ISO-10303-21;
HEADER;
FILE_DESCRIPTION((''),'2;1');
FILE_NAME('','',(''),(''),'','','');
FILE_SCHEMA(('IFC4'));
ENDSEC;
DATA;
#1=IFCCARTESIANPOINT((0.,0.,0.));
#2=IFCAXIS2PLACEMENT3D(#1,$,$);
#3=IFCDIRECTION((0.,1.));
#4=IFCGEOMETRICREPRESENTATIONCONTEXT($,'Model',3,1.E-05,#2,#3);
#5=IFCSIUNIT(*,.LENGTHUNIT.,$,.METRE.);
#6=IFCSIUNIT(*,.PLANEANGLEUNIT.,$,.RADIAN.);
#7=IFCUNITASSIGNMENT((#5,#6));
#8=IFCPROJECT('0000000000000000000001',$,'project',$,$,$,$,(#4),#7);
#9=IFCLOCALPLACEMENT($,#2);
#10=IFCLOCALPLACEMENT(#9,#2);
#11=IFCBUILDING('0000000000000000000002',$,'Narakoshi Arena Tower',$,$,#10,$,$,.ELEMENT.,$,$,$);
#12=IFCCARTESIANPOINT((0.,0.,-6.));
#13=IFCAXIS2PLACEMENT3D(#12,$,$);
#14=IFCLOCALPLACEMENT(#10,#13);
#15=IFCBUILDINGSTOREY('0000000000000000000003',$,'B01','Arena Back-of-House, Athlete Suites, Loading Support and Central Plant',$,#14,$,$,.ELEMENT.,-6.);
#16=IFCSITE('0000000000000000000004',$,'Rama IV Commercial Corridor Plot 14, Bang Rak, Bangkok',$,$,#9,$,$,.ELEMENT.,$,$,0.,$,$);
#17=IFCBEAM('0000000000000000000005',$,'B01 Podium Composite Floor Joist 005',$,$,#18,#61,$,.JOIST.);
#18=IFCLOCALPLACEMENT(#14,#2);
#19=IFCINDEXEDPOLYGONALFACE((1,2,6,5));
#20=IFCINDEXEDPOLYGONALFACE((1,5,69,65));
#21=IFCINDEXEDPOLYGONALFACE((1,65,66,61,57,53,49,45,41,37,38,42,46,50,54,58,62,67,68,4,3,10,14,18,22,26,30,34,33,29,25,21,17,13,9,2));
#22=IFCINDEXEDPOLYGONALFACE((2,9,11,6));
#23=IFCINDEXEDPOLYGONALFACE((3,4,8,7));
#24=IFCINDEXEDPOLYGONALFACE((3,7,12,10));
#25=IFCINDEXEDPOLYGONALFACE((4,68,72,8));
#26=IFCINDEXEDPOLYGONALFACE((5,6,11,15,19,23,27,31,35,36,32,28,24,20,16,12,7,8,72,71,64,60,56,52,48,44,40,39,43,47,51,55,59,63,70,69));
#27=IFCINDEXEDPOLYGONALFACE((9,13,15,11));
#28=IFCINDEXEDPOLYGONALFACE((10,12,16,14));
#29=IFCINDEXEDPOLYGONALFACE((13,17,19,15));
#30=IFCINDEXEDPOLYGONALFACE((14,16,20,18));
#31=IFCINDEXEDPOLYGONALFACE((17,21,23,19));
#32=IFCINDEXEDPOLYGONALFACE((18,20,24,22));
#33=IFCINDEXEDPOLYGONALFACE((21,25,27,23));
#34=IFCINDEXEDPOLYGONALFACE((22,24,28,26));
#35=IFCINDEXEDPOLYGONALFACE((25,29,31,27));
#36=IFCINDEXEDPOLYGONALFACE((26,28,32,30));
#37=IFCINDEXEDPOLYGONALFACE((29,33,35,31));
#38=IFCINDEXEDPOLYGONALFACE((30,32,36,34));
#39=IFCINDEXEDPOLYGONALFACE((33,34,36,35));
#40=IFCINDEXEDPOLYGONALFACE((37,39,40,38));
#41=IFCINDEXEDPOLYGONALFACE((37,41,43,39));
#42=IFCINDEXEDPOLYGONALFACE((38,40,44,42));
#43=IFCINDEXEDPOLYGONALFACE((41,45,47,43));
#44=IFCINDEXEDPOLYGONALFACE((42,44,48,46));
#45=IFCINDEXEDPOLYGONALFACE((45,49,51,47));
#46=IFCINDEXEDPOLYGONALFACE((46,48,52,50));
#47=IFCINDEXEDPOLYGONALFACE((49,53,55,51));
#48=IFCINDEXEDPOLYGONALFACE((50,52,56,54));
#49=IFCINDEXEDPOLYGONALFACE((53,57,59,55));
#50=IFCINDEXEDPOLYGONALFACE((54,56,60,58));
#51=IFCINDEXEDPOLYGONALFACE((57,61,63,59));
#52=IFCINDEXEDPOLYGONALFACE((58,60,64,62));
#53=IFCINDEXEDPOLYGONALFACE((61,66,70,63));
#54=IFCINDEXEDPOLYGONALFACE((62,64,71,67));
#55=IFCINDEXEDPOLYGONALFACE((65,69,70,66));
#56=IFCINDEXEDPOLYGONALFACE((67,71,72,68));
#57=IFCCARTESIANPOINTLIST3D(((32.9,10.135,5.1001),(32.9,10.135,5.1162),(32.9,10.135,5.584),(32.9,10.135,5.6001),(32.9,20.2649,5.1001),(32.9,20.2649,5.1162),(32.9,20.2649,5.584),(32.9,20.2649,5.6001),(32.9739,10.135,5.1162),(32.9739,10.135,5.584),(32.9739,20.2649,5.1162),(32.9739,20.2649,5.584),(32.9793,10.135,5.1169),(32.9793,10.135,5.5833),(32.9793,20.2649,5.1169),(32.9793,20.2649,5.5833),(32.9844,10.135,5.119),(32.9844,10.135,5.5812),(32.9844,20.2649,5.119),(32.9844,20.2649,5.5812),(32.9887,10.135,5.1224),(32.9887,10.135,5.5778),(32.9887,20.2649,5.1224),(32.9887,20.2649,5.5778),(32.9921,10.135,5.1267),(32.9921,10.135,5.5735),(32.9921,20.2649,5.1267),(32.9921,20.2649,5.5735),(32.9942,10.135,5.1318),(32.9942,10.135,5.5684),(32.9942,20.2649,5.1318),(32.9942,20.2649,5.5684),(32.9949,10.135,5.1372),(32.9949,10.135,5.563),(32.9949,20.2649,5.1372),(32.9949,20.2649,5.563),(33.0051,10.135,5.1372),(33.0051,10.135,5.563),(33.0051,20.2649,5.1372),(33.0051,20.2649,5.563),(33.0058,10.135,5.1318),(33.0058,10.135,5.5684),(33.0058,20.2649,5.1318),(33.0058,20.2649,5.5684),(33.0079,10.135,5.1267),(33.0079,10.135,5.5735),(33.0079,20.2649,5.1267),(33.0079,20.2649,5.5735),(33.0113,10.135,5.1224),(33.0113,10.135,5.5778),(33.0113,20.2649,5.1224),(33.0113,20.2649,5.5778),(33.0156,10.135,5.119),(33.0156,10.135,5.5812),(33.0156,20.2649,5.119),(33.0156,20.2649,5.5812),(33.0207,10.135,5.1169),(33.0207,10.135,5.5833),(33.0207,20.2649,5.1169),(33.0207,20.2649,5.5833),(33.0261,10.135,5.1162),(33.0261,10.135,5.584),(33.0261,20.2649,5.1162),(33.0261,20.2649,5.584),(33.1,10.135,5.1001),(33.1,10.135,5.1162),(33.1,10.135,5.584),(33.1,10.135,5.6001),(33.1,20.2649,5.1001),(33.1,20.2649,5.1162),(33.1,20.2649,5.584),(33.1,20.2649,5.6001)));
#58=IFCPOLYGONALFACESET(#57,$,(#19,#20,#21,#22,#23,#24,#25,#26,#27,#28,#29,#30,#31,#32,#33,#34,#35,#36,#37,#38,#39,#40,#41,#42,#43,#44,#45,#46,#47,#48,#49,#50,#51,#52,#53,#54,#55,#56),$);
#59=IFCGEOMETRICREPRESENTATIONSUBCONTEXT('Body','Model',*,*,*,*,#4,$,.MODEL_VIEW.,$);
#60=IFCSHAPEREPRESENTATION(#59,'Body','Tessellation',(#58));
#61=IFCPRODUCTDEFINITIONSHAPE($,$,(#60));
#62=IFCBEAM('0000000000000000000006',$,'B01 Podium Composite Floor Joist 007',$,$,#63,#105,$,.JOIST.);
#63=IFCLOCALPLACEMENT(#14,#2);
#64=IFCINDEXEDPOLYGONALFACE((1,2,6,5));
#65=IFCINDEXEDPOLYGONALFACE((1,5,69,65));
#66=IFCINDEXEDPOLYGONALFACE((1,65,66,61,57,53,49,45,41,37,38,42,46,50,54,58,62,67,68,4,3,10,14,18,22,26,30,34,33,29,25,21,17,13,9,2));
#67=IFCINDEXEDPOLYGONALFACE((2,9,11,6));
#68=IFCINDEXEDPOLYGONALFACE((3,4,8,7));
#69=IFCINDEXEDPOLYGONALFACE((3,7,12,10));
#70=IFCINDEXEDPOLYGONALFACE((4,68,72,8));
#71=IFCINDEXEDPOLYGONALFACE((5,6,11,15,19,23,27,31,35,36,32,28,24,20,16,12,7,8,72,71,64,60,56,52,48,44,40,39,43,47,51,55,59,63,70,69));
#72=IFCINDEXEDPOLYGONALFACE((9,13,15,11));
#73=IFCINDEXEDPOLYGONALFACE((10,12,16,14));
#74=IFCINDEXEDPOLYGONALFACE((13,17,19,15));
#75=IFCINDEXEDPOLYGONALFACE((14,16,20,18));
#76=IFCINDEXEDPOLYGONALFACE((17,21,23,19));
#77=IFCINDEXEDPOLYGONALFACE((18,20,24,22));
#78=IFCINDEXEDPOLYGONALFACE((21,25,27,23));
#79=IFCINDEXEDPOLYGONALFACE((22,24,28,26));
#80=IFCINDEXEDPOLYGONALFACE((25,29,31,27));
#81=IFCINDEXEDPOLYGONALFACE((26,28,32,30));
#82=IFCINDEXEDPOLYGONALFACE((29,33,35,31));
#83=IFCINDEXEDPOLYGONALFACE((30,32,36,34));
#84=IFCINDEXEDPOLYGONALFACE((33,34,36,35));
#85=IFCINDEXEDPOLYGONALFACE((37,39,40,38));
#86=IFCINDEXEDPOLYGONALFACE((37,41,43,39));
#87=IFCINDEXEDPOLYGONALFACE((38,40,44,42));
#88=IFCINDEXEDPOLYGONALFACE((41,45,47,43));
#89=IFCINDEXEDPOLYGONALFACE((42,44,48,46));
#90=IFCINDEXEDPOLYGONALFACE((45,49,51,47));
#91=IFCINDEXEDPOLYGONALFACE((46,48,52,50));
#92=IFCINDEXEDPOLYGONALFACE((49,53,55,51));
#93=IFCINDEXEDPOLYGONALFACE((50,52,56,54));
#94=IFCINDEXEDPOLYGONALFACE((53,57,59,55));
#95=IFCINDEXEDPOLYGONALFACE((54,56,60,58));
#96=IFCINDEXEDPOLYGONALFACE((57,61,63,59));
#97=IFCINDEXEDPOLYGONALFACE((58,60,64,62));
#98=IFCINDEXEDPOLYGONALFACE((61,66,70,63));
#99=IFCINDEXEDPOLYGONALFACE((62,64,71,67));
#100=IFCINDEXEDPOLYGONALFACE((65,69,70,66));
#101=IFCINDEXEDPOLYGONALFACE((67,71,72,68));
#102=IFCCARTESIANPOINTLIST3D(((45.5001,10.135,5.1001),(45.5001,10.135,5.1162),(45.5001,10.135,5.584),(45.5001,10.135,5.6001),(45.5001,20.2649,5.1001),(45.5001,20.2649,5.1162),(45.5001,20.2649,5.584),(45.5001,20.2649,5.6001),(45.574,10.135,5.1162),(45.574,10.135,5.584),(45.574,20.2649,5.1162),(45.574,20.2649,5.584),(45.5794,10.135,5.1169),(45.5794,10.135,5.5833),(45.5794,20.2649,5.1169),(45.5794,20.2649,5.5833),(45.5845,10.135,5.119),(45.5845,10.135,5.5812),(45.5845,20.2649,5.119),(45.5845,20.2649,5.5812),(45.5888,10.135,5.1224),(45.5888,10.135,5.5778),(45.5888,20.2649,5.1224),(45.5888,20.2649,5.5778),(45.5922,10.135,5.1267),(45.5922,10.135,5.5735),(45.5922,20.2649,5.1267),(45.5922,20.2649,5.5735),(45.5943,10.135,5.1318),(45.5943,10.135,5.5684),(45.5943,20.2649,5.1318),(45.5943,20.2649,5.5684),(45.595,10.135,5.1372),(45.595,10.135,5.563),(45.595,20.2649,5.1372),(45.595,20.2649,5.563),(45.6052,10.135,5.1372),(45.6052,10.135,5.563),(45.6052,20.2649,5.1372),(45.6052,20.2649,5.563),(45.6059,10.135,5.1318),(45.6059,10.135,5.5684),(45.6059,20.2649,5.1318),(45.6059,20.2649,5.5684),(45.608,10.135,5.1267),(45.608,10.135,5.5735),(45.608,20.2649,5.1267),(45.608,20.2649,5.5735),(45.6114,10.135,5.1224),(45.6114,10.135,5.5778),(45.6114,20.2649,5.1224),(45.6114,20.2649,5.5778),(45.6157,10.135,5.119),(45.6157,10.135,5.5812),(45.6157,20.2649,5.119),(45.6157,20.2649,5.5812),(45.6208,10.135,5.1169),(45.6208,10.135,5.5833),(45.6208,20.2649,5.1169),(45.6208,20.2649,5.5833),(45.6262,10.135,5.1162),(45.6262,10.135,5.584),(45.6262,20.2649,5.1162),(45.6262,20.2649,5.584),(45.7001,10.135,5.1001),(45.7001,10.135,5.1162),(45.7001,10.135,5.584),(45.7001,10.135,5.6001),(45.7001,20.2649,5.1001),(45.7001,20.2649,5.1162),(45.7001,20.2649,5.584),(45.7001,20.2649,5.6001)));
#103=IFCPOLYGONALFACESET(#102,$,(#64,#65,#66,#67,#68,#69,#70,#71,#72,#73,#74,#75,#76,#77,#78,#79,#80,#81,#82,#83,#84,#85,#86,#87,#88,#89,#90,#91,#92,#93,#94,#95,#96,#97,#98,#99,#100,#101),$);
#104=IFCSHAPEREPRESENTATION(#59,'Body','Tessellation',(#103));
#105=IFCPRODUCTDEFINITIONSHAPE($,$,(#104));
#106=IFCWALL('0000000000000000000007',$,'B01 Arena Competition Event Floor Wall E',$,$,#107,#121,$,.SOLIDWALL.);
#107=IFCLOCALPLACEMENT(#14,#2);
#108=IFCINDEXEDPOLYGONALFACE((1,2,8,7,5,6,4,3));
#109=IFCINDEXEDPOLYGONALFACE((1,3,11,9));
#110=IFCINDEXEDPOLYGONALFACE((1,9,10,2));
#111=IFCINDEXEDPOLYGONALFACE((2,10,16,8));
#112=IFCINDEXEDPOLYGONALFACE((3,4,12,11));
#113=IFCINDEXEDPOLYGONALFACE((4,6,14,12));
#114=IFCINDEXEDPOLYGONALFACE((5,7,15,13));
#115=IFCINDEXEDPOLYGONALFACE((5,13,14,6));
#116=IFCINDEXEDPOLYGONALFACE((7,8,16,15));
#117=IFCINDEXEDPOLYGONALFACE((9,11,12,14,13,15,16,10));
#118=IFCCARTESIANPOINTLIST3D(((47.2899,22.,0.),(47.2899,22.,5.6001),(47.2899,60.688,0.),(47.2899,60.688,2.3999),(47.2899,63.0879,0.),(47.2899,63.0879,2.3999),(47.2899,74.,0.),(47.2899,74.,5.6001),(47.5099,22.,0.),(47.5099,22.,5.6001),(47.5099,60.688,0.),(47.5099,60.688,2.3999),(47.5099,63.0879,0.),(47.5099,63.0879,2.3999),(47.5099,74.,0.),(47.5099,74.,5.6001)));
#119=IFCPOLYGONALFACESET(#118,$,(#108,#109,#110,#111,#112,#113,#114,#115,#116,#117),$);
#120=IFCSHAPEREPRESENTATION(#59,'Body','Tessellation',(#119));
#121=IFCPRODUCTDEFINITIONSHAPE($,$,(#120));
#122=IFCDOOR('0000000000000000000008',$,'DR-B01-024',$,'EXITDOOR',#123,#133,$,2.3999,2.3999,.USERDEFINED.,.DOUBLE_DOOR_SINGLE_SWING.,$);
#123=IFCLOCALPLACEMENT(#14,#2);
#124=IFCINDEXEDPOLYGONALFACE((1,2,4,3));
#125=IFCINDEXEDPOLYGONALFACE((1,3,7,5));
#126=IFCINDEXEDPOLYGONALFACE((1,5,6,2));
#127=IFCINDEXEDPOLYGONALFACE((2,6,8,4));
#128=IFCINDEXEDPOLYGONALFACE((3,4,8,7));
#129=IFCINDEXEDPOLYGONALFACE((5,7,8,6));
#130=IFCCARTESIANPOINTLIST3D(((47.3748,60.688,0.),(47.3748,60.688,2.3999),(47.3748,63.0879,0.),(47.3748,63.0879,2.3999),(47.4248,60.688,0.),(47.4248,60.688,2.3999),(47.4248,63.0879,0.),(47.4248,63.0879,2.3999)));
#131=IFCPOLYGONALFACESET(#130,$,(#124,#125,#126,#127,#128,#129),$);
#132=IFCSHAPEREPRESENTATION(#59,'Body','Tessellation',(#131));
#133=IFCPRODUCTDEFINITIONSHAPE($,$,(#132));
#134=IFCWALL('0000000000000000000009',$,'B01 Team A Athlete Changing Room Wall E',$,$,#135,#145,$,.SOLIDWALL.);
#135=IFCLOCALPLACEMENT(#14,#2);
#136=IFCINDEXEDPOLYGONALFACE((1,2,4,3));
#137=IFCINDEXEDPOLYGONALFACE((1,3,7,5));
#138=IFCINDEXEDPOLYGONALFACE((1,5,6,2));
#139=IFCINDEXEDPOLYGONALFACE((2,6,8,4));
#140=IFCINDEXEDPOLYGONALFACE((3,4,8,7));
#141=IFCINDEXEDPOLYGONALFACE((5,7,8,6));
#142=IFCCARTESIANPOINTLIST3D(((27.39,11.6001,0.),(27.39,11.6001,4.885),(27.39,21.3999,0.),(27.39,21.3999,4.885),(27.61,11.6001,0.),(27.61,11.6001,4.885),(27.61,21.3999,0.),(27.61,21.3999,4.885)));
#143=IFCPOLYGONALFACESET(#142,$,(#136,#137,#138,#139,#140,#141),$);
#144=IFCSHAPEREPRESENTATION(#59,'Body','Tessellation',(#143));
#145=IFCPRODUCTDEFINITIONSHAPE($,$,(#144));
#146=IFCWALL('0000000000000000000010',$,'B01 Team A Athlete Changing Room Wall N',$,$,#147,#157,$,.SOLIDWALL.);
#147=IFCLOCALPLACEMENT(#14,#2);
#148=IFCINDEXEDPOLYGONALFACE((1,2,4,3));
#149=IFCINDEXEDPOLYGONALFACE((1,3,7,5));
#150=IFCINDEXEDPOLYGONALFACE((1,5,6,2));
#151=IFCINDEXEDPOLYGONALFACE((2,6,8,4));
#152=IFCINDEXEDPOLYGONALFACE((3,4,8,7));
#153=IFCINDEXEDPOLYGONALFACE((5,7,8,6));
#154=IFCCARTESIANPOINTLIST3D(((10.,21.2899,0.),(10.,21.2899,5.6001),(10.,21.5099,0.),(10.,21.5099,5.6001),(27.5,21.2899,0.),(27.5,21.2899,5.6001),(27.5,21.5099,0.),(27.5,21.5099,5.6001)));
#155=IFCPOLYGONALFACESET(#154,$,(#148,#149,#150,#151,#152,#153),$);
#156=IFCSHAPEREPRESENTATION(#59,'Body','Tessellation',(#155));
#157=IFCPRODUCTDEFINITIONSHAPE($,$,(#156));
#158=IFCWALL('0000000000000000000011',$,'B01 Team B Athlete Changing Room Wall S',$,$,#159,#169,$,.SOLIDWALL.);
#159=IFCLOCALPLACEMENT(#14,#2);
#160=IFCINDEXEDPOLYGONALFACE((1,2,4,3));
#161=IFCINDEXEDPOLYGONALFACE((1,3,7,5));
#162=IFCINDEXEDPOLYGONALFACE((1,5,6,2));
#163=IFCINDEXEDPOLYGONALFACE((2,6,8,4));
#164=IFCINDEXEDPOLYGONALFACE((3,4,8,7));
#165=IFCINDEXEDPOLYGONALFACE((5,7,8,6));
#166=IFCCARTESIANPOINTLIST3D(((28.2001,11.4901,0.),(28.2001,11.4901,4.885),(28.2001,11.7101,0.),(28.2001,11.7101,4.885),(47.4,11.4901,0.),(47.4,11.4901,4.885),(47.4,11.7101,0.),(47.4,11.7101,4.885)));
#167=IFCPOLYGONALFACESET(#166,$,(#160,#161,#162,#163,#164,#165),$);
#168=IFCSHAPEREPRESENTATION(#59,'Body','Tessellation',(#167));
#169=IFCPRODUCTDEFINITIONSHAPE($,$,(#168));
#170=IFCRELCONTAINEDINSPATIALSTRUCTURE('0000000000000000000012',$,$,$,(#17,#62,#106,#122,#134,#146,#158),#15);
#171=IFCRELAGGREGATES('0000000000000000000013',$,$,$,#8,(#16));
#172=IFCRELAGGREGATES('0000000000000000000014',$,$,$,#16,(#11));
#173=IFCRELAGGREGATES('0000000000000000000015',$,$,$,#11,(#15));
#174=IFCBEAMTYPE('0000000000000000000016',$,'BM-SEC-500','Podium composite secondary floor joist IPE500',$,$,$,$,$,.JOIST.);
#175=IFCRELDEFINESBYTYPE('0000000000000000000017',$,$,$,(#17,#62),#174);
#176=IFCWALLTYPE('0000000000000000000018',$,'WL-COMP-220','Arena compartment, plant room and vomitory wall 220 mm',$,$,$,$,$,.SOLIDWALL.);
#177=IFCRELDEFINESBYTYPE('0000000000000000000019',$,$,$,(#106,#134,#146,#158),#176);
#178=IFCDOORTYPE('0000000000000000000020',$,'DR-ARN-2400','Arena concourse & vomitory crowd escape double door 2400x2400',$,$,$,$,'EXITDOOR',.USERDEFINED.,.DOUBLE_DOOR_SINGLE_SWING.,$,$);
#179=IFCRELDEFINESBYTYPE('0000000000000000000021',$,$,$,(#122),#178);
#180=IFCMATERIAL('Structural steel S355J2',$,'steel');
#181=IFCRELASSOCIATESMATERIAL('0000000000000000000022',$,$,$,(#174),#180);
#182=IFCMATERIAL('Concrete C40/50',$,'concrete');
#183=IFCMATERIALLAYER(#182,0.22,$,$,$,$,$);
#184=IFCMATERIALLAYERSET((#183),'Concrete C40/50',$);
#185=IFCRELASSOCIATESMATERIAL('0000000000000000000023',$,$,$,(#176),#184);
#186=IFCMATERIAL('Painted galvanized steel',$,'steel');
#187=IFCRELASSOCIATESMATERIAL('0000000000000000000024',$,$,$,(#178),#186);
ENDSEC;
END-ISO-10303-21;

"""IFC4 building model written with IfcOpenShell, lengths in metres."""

from ifc_helpers import new_model, si_unit, direction, frame, frame_2d, origin, origin_2d, place, context, subcontext, project, spatial, rectangle, i_section, extrude, material, layer, layer_set, material_profile, profile_set, type_object, element, fill, save


model = new_model("IFC4")

# Units and contexts
model_context = context("Model", 3, precision=1e-05, world=origin(), true_north=direction((0.0, 1.0)))
body_context = subcontext(model_context, "Body", "Model", "MODEL_VIEW")
ifc_project = project(units=[si_unit("LENGTHUNIT", "METRE"), si_unit("PLANEANGLEUNIT", "RADIAN")], contexts=[model_context])

# Site, building, storey
site_placement = place(None, origin())
site = spatial("IfcSite", under=ifc_project, at=site_placement, Name="Rama IV Commercial Corridor Plot 14, Bang Rak, Bangkok", CompositionType="ELEMENT", RefElevation=0.0)
building_placement = place(site_placement, origin())
building = spatial("IfcBuilding", under=site, at=building_placement, Name="Narakoshi Arena Tower", CompositionType="ELEMENT")
storey_placement = place(building_placement, frame((0.0, 0.0, -6.0)))
storey = spatial("IfcBuildingStorey", under=building, at=storey_placement, Name="B01", Description="Arena Back-of-House, Athlete Suites, Loading Support and Central Plant", CompositionType="ELEMENT", Elevation=-6.0)

# Beams
ifc_material_1 = material(Name="Structural steel S355J2", Category="steel")
ifc_material_profile_1 = material_profile(ifc_material_1, i_section(OverallWidth=0.2, OverallDepth=0.5, WebThickness=0.0103, FlangeThickness=0.0161, FilletRadius=0.021, at=origin_2d()), Name="IPE500")
ifc_profile_set_1 = profile_set([ifc_material_profile_1], Name="Structural steel S355J2")
beam_type_1 = type_object("IfcBeamType", Name="BM-SEC-500", Description="Podium composite secondary floor joist IPE500", PredefinedType="JOIST", material=ifc_profile_set_1)
for number, where, z_axis, x_axis, name in (
    (1, (33.0, 10.135, 5.3501), (0.0, 1.0, 0.0), (-1.0, 0.0, 0.0), "B01 Podium Composite Floor Joist 005"),
    (2, (45.6001, 10.135, 5.3501), (0.0, 1.0, 0.0), (-1.0, 0.0, 0.0), "B01 Podium Composite Floor Joist 007"),
):
    element("IfcBeam", number, at=place(storey_placement, frame(where, z_axis=z_axis, x_axis=x_axis)), inside=storey, type_object=beam_type_1, Name=name, PredefinedType="JOIST", context=body_context, shape_type="SweptSolid", body=[
        extrude(i_section(OverallWidth=0.2, OverallDepth=0.5, WebThickness=0.0103, FlangeThickness=0.0161, FilletRadius=0.021, at=origin_2d()), origin(), (0.0, 0.0, 1.0), 10.1299),
    ])

# Wall, opening, door
ifc_material_2 = material(Name="Concrete C40/50", Category="concrete")
ifc_layer = layer(ifc_material_2, 0.22)
ifc_layer_set = layer_set([ifc_layer], Name="Concrete C40/50")
wall_type = type_object("IfcWallType", Name="WL-COMP-220", Description="Arena compartment, plant room and vomitory wall 220 mm", PredefinedType="SOLIDWALL", material=ifc_layer_set)
wall_1_placement = place(storey_placement, frame((47.3999, 22.0, 0.0), z_axis=(0.0, 0.0, 1.0), x_axis=(0.0, 1.0, 0.0)))
wall_1 = element("IfcWall", 3, at=wall_1_placement, inside=storey, type_object=wall_type, Name="B01 Arena Competition Event Floor Wall E", PredefinedType="SOLIDWALL", context=body_context, shape_type="SweptSolid", body=[
    extrude(rectangle(XDim=52.0, YDim=0.22, at=frame_2d((26.0, 0.0))), origin(), (0.0, 0.0, 1.0), 5.6001),
])
opening_1_placement = place(wall_1_placement, frame((38.688, 0.0, 0.0)))
opening_1 = element("IfcOpeningElement", 4, at=opening_1_placement, cuts=wall_1, PredefinedType="OPENING", context=body_context, shape_type="SweptSolid", body=[
    extrude(rectangle(XDim=2.3999, YDim=2.3999, at=frame_2d((1.2, 1.2))), frame((0.0, 0.1199, 0.0), z_axis=(0.0, -1.0, 0.0), x_axis=(1.0, 0.0, 0.0)), (0.0, 0.0, 1.0), 0.24),
])
ifc_material_3 = material(Name="Painted galvanized steel", Category="steel")
door_type_1 = type_object("IfcDoorType", Name="DR-ARN-2400", Description="Arena concourse & vomitory crowd escape double door 2400x2400", ElementType="EXITDOOR", OperationType="DOUBLE_DOOR_SINGLE_SWING", PredefinedType="USERDEFINED", material=ifc_material_3)
door_1_placement = place(opening_1_placement, frame((2.3999, 0.0, 0.0), z_axis=(0.0, 0.0, 1.0), x_axis=(-1.0, 0.0, 0.0)))
door_1 = element("IfcDoor", 5, at=door_1_placement, inside=storey, type_object=door_type_1, Name="DR-B01-024", ObjectType="EXITDOOR", OperationType="DOUBLE_DOOR_SINGLE_SWING", OverallHeight=2.3999, OverallWidth=2.3999, PredefinedType="USERDEFINED", context=body_context, shape_type="SweptSolid", body=[
    extrude(rectangle(XDim=2.3999, YDim=2.3999, at=frame_2d((1.2, 1.2))), frame((0.0, 0.0249, 0.0), z_axis=(0.0, -1.0, 0.0), x_axis=(1.0, 0.0, 0.0)), (0.0, 0.0, 1.0), 0.05),
])
fill(opening_1, door_1)

# Walls
wall_2_placement = place(storey_placement, frame((27.5, 11.6001, 0.0), z_axis=(0.0, 0.0, 1.0), x_axis=(0.0, 1.0, 0.0)))
element("IfcWall", 6, at=wall_2_placement, inside=storey, type_object=wall_type, Name="B01 Team A Athlete Changing Room Wall E", PredefinedType="SOLIDWALL", context=body_context, shape_type="SweptSolid", body=[
    extrude(rectangle(XDim=9.7998, YDim=0.22, at=frame_2d((4.8999, 0.0))), origin(), (0.0, 0.0, 1.0), 4.885),
])
wall_3_placement = place(storey_placement, frame((27.5, 21.3999, 0.0), z_axis=(0.0, 0.0, 1.0), x_axis=(-1.0, 0.0, 0.0)))
element("IfcWall", 7, at=wall_3_placement, inside=storey, type_object=wall_type, Name="B01 Team A Athlete Changing Room Wall N", PredefinedType="SOLIDWALL", context=body_context, shape_type="SweptSolid", body=[
    extrude(rectangle(XDim=17.5, YDim=0.22, at=frame_2d((8.75, 0.0))), origin(), (0.0, 0.0, 1.0), 5.6001),
])
wall_4_placement = place(storey_placement, frame((28.2, 11.6001, 0.0), z_axis=(0.0, 0.0, 1.0), x_axis=(1.0, 0.0, 0.0)))
element("IfcWall", 8, at=wall_4_placement, inside=storey, type_object=wall_type, Name="B01 Team B Athlete Changing Room Wall S", PredefinedType="SOLIDWALL", context=body_context, shape_type="SweptSolid", body=[
    extrude(rectangle(XDim=19.2, YDim=0.22, at=frame_2d((9.6001, 0.0))), origin(), (0.0, 0.0, 1.0), 4.885),
])

save(model, "model.ifc")
